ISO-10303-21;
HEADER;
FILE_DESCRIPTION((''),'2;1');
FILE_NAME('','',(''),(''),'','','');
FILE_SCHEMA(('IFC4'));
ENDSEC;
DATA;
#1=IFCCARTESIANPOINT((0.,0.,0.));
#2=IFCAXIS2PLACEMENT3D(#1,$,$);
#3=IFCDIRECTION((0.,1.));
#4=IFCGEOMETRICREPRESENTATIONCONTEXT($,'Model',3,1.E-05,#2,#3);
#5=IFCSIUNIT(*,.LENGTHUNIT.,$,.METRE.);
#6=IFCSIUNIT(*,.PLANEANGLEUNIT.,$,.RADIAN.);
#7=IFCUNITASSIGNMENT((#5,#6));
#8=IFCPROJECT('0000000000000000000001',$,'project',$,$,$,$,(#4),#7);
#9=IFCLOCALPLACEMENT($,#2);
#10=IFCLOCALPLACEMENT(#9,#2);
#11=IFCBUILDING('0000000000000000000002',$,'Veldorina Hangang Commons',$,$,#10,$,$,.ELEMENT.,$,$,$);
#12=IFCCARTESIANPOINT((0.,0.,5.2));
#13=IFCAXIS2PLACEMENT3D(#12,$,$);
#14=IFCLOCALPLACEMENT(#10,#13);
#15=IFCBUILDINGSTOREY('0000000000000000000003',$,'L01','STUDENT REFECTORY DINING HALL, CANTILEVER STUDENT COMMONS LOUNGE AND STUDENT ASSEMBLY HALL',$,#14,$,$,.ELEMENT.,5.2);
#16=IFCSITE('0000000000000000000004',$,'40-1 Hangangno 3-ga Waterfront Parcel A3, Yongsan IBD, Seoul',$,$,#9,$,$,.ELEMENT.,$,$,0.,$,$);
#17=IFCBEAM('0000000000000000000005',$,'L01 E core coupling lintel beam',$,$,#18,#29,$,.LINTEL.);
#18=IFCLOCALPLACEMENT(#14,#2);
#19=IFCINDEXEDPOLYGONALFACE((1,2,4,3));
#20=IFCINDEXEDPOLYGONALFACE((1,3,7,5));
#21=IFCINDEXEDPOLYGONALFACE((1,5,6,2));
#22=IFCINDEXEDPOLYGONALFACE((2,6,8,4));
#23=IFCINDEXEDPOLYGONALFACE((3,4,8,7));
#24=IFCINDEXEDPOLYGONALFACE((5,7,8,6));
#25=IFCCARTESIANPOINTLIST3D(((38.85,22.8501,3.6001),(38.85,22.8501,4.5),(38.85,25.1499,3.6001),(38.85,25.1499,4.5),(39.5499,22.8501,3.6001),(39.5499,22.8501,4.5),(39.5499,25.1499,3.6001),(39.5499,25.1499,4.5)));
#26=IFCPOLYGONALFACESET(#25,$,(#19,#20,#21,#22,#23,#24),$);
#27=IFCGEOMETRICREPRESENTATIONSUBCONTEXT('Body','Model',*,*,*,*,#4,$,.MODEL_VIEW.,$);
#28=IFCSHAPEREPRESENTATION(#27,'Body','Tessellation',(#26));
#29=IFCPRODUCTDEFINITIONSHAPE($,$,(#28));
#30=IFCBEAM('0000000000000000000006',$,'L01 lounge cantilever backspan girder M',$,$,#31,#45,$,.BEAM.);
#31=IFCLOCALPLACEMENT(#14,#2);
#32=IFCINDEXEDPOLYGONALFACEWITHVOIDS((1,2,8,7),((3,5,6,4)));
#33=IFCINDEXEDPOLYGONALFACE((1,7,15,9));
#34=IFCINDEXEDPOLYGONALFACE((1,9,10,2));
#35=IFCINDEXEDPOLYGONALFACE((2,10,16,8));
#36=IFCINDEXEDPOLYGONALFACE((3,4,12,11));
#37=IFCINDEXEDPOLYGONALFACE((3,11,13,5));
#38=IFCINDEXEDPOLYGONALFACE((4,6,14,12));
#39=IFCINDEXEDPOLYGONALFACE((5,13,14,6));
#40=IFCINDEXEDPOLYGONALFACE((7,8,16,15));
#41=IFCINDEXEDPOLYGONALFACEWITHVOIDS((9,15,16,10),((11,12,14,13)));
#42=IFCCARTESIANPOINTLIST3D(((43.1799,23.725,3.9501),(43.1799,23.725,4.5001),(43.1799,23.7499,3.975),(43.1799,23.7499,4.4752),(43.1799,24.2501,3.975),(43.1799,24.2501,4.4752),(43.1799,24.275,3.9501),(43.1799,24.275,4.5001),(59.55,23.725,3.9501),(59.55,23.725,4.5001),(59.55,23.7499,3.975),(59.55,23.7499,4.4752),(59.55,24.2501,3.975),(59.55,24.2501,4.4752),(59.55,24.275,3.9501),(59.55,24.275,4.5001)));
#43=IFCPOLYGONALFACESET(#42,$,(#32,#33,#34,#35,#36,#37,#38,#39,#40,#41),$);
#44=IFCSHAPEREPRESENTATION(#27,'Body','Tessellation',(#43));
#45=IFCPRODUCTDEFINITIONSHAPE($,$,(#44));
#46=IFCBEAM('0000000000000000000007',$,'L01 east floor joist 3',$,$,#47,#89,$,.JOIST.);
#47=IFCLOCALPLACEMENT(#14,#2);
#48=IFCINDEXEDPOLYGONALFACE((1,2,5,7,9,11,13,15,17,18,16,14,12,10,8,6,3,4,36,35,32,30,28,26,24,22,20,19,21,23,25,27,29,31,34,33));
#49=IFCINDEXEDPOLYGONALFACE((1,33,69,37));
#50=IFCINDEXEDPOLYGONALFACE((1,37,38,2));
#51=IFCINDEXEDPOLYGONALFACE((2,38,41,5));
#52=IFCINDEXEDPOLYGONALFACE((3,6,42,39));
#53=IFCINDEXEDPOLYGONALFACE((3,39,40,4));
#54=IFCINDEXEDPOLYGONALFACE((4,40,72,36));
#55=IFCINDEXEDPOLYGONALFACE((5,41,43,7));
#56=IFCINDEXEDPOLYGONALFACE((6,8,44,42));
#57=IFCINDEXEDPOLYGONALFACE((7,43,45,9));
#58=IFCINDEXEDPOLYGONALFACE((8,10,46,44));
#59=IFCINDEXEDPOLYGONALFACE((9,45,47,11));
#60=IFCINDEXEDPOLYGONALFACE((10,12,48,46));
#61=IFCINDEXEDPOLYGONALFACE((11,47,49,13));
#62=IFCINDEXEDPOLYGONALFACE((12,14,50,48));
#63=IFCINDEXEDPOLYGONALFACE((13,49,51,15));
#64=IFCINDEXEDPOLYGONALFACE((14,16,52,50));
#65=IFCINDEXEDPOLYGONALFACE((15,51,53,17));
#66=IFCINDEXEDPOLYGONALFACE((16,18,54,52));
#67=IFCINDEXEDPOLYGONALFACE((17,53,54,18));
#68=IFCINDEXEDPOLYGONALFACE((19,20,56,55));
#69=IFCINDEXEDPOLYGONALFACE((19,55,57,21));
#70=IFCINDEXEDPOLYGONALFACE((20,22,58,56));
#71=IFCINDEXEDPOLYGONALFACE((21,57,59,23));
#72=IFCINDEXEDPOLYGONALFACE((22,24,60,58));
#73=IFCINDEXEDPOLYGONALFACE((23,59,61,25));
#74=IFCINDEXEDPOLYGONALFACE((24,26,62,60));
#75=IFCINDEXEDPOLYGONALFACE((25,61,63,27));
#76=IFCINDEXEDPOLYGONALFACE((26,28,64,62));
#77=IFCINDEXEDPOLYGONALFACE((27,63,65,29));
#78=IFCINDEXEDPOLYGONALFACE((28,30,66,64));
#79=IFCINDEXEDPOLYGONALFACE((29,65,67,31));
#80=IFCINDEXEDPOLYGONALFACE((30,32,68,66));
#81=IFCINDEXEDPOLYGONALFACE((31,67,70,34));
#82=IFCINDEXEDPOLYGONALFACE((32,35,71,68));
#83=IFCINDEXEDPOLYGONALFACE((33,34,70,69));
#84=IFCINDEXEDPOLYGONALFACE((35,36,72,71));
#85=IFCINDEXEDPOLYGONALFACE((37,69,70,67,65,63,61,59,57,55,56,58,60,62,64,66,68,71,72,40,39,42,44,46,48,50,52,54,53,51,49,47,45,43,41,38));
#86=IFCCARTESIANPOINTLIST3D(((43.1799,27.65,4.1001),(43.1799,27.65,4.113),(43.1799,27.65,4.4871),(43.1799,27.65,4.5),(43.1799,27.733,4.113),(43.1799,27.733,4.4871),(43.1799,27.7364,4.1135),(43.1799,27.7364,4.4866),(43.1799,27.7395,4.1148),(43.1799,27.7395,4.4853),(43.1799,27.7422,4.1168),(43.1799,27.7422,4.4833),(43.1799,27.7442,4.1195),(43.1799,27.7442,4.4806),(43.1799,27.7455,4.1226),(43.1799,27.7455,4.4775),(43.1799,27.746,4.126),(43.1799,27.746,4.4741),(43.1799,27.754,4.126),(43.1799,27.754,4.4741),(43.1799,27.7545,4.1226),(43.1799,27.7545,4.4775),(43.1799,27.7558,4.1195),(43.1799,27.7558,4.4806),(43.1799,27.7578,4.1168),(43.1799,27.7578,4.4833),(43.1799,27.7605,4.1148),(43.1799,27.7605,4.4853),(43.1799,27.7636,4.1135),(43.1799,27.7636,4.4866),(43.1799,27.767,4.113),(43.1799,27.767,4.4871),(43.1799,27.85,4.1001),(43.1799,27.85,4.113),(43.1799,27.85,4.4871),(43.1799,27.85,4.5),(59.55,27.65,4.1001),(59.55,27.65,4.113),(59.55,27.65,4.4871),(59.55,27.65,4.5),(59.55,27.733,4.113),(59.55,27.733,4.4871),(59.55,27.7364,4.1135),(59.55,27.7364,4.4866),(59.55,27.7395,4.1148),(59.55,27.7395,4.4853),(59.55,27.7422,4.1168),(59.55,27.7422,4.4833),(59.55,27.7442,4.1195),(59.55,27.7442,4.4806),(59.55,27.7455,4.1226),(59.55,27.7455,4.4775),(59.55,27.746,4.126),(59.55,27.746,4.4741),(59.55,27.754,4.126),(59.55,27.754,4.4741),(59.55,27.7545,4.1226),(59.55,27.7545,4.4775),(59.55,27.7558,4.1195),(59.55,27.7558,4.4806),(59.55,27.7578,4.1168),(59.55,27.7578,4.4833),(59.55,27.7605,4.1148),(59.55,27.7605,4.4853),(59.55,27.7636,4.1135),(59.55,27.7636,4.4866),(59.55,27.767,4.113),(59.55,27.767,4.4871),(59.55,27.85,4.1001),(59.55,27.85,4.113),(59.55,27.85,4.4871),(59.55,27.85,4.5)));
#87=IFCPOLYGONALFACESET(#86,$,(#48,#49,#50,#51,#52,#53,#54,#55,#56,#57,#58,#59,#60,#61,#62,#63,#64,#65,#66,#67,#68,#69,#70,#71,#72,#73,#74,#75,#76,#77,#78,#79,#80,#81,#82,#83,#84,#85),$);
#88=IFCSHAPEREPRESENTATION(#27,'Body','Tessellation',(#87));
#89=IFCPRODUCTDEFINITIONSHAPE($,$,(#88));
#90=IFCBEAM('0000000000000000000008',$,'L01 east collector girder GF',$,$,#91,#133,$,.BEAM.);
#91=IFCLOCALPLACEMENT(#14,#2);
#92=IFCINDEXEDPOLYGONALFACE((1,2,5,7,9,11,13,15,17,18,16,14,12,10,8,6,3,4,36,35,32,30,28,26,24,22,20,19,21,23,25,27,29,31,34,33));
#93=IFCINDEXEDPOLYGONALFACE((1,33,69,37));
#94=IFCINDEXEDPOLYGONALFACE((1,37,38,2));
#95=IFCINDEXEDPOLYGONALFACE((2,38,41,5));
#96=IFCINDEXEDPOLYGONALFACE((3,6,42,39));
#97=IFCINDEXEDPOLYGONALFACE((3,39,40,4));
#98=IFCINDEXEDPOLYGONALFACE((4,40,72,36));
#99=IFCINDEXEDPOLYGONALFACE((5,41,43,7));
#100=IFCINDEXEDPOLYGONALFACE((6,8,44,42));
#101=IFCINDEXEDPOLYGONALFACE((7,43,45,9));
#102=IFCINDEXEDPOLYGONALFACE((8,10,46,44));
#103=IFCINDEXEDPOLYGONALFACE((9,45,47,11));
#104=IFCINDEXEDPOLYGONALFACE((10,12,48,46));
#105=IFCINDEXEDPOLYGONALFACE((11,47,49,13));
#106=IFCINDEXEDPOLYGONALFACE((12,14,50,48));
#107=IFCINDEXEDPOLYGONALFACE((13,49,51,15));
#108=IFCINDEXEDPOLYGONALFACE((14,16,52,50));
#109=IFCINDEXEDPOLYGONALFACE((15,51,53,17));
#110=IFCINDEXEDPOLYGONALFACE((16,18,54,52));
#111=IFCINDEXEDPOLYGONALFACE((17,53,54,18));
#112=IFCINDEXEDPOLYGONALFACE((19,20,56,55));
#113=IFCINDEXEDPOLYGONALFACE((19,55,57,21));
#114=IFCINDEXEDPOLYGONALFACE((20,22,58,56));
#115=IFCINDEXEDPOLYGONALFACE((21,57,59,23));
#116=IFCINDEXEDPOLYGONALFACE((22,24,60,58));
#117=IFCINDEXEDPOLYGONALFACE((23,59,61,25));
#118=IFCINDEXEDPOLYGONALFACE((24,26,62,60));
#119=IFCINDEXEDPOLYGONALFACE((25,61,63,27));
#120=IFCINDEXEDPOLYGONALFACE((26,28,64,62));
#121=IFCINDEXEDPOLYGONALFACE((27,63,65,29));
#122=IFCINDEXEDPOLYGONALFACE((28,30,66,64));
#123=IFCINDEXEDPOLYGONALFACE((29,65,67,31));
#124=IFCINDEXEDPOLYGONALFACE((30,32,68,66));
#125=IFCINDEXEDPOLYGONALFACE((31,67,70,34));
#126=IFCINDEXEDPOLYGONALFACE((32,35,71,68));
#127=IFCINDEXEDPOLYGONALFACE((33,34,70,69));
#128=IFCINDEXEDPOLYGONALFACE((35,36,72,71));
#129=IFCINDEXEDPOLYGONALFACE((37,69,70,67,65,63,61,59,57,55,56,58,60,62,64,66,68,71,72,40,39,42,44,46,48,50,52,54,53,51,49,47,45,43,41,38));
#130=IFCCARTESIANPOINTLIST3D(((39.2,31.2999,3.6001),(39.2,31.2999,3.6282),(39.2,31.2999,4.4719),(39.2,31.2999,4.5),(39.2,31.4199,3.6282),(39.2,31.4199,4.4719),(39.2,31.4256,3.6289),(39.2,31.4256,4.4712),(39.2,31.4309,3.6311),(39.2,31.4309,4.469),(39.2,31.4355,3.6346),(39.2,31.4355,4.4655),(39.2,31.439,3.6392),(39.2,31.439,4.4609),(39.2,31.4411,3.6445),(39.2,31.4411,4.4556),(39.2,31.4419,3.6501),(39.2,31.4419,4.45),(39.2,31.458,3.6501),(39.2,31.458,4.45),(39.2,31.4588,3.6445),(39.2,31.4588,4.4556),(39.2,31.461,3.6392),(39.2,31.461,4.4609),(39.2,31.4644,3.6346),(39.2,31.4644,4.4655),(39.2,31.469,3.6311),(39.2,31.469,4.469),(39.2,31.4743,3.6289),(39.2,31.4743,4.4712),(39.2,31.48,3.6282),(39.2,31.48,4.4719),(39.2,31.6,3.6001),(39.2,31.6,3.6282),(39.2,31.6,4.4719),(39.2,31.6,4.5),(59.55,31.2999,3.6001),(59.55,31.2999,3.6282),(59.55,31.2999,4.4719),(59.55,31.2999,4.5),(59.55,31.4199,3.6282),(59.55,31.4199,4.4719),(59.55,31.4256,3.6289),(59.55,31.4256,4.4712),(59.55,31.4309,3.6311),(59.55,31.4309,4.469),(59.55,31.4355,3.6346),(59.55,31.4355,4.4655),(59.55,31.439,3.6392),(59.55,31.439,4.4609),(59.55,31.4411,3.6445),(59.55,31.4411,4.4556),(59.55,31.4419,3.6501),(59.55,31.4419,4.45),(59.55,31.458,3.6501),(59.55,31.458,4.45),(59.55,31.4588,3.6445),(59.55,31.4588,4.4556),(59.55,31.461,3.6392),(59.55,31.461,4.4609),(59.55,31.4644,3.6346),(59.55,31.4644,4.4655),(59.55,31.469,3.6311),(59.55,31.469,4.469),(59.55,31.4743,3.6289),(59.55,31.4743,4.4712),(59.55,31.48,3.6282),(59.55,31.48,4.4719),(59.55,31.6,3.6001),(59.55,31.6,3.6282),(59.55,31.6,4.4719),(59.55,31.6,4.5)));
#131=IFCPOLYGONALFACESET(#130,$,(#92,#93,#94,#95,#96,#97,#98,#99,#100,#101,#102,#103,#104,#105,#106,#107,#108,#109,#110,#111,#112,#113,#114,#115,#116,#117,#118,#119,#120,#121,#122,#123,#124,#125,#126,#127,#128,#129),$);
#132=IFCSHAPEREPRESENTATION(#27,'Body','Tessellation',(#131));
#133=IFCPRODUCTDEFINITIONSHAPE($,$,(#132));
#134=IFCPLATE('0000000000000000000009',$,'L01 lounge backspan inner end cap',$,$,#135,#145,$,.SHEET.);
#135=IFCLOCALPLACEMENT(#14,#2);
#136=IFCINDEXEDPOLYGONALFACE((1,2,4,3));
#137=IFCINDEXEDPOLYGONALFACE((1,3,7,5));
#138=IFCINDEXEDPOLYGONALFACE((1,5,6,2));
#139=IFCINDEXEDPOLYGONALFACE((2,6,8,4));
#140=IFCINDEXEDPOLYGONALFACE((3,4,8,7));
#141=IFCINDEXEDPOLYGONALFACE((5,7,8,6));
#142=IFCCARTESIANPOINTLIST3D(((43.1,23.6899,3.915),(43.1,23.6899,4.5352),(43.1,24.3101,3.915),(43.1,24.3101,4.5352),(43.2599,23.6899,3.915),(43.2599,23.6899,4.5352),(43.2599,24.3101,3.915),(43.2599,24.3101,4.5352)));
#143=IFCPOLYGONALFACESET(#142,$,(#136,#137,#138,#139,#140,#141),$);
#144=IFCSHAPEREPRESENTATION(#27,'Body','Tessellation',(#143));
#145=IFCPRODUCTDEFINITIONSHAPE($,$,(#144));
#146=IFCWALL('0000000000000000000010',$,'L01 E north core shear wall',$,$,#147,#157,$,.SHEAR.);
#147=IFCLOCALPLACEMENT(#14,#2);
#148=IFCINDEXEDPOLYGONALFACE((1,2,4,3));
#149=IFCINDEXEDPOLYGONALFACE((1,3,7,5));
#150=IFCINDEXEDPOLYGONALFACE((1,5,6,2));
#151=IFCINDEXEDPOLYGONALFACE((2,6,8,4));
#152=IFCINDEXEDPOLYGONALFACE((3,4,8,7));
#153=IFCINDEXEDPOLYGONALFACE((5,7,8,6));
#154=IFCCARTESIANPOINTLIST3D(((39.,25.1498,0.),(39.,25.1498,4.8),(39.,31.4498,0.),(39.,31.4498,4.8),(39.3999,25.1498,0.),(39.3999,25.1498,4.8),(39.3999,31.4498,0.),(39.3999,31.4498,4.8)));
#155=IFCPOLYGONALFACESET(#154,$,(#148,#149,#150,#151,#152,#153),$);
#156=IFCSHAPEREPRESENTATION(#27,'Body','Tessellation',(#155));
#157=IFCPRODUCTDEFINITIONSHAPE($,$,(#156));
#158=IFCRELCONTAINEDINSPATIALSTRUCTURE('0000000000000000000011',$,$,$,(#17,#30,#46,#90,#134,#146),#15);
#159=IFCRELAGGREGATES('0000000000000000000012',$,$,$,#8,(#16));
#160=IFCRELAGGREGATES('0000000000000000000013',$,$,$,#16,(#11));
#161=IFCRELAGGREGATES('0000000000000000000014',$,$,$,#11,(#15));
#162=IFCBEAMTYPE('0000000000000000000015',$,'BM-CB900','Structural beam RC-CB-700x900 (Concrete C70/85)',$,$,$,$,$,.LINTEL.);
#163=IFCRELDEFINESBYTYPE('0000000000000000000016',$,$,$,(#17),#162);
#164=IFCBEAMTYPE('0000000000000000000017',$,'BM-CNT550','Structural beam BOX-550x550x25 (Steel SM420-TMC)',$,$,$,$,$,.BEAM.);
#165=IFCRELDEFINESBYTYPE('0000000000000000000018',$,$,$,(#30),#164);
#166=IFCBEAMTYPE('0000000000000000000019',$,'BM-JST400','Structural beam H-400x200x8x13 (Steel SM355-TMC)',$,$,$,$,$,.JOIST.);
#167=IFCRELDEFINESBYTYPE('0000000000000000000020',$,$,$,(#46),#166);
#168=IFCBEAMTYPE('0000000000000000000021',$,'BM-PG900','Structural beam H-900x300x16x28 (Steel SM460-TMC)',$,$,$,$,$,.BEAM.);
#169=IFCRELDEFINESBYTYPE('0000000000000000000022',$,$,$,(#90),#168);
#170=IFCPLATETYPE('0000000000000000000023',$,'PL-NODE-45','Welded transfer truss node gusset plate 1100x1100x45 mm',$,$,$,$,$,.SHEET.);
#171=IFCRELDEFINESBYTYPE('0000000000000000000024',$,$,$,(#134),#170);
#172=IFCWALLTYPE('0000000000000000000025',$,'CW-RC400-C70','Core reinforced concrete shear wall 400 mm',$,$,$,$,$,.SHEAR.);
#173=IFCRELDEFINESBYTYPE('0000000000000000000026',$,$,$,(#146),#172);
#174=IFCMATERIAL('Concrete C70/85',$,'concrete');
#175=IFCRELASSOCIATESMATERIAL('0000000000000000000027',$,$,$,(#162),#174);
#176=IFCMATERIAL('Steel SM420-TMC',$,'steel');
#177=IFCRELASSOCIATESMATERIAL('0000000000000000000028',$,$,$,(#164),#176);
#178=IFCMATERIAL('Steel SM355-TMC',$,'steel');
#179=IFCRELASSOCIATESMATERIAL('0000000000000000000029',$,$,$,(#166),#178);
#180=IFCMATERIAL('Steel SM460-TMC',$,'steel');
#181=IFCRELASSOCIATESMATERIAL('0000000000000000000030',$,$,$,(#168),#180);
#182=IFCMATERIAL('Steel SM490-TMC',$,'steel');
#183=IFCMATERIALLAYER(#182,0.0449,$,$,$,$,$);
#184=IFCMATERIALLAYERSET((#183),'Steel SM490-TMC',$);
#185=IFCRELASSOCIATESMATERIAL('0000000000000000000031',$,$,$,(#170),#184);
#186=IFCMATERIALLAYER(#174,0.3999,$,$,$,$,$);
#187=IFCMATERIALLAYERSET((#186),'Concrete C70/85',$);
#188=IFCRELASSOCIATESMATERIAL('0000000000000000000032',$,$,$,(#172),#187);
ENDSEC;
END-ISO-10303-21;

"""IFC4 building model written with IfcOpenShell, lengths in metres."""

from ifc_helpers import new_model, si_unit, direction, frame, frame_2d, origin, origin_2d, place, context, subcontext, project, spatial, rectangle, hollow_rectangle, i_section, extrude, material, layer, layer_set, material_profile, profile_set, type_object, element, save


model = new_model("IFC4")

# Units and contexts
model_context = context("Model", 3, precision=1e-05, world=origin(), true_north=direction((0.0, 1.0)))
body_context = subcontext(model_context, "Body", "Model", "MODEL_VIEW")
ifc_project = project(units=[si_unit("LENGTHUNIT", "METRE"), si_unit("PLANEANGLEUNIT", "RADIAN")], contexts=[model_context])

# Site, building, storey
site_placement = place(None, origin())
site = spatial("IfcSite", under=ifc_project, at=site_placement, Name="40-1 Hangangno 3-ga Waterfront Parcel A3, Yongsan IBD, Seoul", CompositionType="ELEMENT", RefElevation=0.0)
building_placement = place(site_placement, origin())
building = spatial("IfcBuilding", under=site, at=building_placement, Name="Veldorina Hangang Commons", CompositionType="ELEMENT")
storey_placement = place(building_placement, frame((0.0, 0.0, 5.2)))
storey = spatial("IfcBuildingStorey", under=building, at=storey_placement, Name="L01", Description="STUDENT REFECTORY DINING HALL, CANTILEVER STUDENT COMMONS LOUNGE AND STUDENT ASSEMBLY HALL", CompositionType="ELEMENT", Elevation=5.2)

# Beams
ifc_material_1 = material(Name="Concrete C70/85", Category="concrete")
ifc_material_profile_1 = material_profile(ifc_material_1, rectangle(XDim=0.7, YDim=0.8999, at=origin_2d()), Name="RC-CB-700x900")
ifc_profile_set_1 = profile_set([ifc_material_profile_1], Name="Concrete C70/85")
beam_type_1 = type_object("IfcBeamType", Name="BM-CB900", Description="Structural beam RC-CB-700x900 (Concrete C70/85)", PredefinedType="LINTEL", material=ifc_profile_set_1)
beam_1_placement = place(storey_placement, frame((39.2, 22.8501, 4.05), z_axis=(0.0, 1.0, 0.0), x_axis=(-1.0, 0.0, 0.0)))
element("IfcBeam", 1, at=beam_1_placement, inside=storey, type_object=beam_type_1, Name="L01 E core coupling lintel beam", PredefinedType="LINTEL", context=body_context, shape_type="SweptSolid", body=[
    extrude(rectangle(XDim=0.7, YDim=0.8999, at=origin_2d()), origin(), (0.0, 0.0, 1.0), 2.2998),
])
ifc_material_2 = material(Name="Steel SM420-TMC", Category="steel")
ifc_material_profile_2 = material_profile(ifc_material_2, hollow_rectangle(XDim=0.55, YDim=0.55, WallThickness=0.0249, at=origin_2d()), Name="BOX-550x550x25")
ifc_profile_set_2 = profile_set([ifc_material_profile_2], Name="Steel SM420-TMC")
beam_type_2 = type_object("IfcBeamType", Name="BM-CNT550", Description="Structural beam BOX-550x550x25 (Steel SM420-TMC)", PredefinedType="BEAM", material=ifc_profile_set_2)
beam_2_placement = place(storey_placement, frame((43.1799, 24.0, 4.2251), z_axis=(1.0, 0.0, 0.0), x_axis=(0.0, 1.0, 0.0)))
element("IfcBeam", 2, at=beam_2_placement, inside=storey, type_object=beam_type_2, Name="L01 lounge cantilever backspan girder M", PredefinedType="BEAM", context=body_context, shape_type="SweptSolid", body=[
    extrude(hollow_rectangle(XDim=0.55, YDim=0.55, WallThickness=0.0249, at=origin_2d()), origin(), (0.0, 0.0, 1.0), 16.3701),
])
ifc_material_3 = material(Name="Steel SM355-TMC", Category="steel")
ifc_material_profile_3 = material_profile(ifc_material_3, i_section(OverallWidth=0.2, OverallDepth=0.3999, WebThickness=0.0081, FlangeThickness=0.0129, FilletRadius=0.0129, at=origin_2d()), Name="H-400x200x8x13")
ifc_profile_set_3 = profile_set([ifc_material_profile_3], Name="Steel SM355-TMC")
beam_type_3 = type_object("IfcBeamType", Name="BM-JST400", Description="Structural beam H-400x200x8x13 (Steel SM355-TMC)", PredefinedType="JOIST", material=ifc_profile_set_3)
beam_3_placement = place(storey_placement, frame((43.1799, 27.75, 4.3), z_axis=(1.0, 0.0, 0.0), x_axis=(0.0, 1.0, 0.0)))
element("IfcBeam", 3, at=beam_3_placement, inside=storey, type_object=beam_type_3, Name="L01 east floor joist 3", PredefinedType="JOIST", context=body_context, shape_type="SweptSolid", body=[
    extrude(i_section(OverallWidth=0.2, OverallDepth=0.3999, WebThickness=0.0081, FlangeThickness=0.0129, FilletRadius=0.0129, at=origin_2d()), origin(), (0.0, 0.0, 1.0), 16.3701),
])
ifc_material_4 = material(Name="Steel SM460-TMC", Category="steel")
ifc_material_profile_4 = material_profile(ifc_material_4, i_section(OverallWidth=0.3, OverallDepth=0.8999, WebThickness=0.0161, FlangeThickness=0.0281, FilletRadius=0.022, at=origin_2d()), Name="H-900x300x16x28")
ifc_profile_set_4 = profile_set([ifc_material_profile_4], Name="Steel SM460-TMC")
beam_type_4 = type_object("IfcBeamType", Name="BM-PG900", Description="Structural beam H-900x300x16x28 (Steel SM460-TMC)", PredefinedType="BEAM", material=ifc_profile_set_4)
beam_4_placement = place(storey_placement, frame((39.2, 31.45, 4.05), z_axis=(1.0, 0.0, 0.0), x_axis=(0.0, 1.0, 0.0)))
element("IfcBeam", 4, at=beam_4_placement, inside=storey, type_object=beam_type_4, Name="L01 east collector girder GF", PredefinedType="BEAM", context=body_context, shape_type="SweptSolid", body=[
    extrude(i_section(OverallWidth=0.3, OverallDepth=0.8999, WebThickness=0.0161, FlangeThickness=0.0281, FilletRadius=0.022, at=origin_2d()), origin(), (0.0, 0.0, 1.0), 20.3501),
])

# Plate
ifc_material_5 = material(Name="Steel SM490-TMC", Category="steel")
ifc_layer_1 = layer(ifc_material_5, 0.0449)
ifc_layer_set_1 = layer_set([ifc_layer_1], Name="Steel SM490-TMC")
plate_type = type_object("IfcPlateType", Name="PL-NODE-45", Description="Welded transfer truss node gusset plate 1100x1100x45 mm", PredefinedType="SHEET", material=ifc_layer_set_1)
plate_placement = place(storey_placement, frame((43.1799, 24.0, 3.915), z_axis=(0.0, 0.0, 1.0), x_axis=(1.0, 0.0, 0.0)))
element("IfcPlate", 5, at=plate_placement, inside=storey, type_object=plate_type, Name="L01 lounge backspan inner end cap", PredefinedType="SHEET", context=body_context, shape_type="SweptSolid", body=[
    extrude(rectangle(XDim=0.1599, YDim=0.6201, at=origin_2d()), origin(), (0.0, 0.0, 1.0), 0.6201),
])

# Wall
ifc_layer_2 = layer(ifc_material_1, 0.3999)
ifc_layer_set_2 = layer_set([ifc_layer_2], Name="Concrete C70/85")
wall_type_1 = type_object("IfcWallType", Name="CW-RC400-C70", Description="Core reinforced concrete shear wall 400 mm", PredefinedType="SHEAR", material=ifc_layer_set_2)
wall_1_placement = place(storey_placement, frame((39.2, 25.1499, 0.0), z_axis=(0.0, 0.0, 1.0), x_axis=(0.0, 1.0, 0.0)))
element("IfcWall", 6, at=wall_1_placement, inside=storey, type_object=wall_type_1, Name="L01 E north core shear wall", PredefinedType="SHEAR", context=body_context, shape_type="SweptSolid", body=[
    extrude(rectangle(XDim=6.3, YDim=0.3999, at=frame_2d((3.1499, 0.0))), origin(), (0.0, 0.0, 1.0), 4.8),
])

save(model, "model.ifc")
